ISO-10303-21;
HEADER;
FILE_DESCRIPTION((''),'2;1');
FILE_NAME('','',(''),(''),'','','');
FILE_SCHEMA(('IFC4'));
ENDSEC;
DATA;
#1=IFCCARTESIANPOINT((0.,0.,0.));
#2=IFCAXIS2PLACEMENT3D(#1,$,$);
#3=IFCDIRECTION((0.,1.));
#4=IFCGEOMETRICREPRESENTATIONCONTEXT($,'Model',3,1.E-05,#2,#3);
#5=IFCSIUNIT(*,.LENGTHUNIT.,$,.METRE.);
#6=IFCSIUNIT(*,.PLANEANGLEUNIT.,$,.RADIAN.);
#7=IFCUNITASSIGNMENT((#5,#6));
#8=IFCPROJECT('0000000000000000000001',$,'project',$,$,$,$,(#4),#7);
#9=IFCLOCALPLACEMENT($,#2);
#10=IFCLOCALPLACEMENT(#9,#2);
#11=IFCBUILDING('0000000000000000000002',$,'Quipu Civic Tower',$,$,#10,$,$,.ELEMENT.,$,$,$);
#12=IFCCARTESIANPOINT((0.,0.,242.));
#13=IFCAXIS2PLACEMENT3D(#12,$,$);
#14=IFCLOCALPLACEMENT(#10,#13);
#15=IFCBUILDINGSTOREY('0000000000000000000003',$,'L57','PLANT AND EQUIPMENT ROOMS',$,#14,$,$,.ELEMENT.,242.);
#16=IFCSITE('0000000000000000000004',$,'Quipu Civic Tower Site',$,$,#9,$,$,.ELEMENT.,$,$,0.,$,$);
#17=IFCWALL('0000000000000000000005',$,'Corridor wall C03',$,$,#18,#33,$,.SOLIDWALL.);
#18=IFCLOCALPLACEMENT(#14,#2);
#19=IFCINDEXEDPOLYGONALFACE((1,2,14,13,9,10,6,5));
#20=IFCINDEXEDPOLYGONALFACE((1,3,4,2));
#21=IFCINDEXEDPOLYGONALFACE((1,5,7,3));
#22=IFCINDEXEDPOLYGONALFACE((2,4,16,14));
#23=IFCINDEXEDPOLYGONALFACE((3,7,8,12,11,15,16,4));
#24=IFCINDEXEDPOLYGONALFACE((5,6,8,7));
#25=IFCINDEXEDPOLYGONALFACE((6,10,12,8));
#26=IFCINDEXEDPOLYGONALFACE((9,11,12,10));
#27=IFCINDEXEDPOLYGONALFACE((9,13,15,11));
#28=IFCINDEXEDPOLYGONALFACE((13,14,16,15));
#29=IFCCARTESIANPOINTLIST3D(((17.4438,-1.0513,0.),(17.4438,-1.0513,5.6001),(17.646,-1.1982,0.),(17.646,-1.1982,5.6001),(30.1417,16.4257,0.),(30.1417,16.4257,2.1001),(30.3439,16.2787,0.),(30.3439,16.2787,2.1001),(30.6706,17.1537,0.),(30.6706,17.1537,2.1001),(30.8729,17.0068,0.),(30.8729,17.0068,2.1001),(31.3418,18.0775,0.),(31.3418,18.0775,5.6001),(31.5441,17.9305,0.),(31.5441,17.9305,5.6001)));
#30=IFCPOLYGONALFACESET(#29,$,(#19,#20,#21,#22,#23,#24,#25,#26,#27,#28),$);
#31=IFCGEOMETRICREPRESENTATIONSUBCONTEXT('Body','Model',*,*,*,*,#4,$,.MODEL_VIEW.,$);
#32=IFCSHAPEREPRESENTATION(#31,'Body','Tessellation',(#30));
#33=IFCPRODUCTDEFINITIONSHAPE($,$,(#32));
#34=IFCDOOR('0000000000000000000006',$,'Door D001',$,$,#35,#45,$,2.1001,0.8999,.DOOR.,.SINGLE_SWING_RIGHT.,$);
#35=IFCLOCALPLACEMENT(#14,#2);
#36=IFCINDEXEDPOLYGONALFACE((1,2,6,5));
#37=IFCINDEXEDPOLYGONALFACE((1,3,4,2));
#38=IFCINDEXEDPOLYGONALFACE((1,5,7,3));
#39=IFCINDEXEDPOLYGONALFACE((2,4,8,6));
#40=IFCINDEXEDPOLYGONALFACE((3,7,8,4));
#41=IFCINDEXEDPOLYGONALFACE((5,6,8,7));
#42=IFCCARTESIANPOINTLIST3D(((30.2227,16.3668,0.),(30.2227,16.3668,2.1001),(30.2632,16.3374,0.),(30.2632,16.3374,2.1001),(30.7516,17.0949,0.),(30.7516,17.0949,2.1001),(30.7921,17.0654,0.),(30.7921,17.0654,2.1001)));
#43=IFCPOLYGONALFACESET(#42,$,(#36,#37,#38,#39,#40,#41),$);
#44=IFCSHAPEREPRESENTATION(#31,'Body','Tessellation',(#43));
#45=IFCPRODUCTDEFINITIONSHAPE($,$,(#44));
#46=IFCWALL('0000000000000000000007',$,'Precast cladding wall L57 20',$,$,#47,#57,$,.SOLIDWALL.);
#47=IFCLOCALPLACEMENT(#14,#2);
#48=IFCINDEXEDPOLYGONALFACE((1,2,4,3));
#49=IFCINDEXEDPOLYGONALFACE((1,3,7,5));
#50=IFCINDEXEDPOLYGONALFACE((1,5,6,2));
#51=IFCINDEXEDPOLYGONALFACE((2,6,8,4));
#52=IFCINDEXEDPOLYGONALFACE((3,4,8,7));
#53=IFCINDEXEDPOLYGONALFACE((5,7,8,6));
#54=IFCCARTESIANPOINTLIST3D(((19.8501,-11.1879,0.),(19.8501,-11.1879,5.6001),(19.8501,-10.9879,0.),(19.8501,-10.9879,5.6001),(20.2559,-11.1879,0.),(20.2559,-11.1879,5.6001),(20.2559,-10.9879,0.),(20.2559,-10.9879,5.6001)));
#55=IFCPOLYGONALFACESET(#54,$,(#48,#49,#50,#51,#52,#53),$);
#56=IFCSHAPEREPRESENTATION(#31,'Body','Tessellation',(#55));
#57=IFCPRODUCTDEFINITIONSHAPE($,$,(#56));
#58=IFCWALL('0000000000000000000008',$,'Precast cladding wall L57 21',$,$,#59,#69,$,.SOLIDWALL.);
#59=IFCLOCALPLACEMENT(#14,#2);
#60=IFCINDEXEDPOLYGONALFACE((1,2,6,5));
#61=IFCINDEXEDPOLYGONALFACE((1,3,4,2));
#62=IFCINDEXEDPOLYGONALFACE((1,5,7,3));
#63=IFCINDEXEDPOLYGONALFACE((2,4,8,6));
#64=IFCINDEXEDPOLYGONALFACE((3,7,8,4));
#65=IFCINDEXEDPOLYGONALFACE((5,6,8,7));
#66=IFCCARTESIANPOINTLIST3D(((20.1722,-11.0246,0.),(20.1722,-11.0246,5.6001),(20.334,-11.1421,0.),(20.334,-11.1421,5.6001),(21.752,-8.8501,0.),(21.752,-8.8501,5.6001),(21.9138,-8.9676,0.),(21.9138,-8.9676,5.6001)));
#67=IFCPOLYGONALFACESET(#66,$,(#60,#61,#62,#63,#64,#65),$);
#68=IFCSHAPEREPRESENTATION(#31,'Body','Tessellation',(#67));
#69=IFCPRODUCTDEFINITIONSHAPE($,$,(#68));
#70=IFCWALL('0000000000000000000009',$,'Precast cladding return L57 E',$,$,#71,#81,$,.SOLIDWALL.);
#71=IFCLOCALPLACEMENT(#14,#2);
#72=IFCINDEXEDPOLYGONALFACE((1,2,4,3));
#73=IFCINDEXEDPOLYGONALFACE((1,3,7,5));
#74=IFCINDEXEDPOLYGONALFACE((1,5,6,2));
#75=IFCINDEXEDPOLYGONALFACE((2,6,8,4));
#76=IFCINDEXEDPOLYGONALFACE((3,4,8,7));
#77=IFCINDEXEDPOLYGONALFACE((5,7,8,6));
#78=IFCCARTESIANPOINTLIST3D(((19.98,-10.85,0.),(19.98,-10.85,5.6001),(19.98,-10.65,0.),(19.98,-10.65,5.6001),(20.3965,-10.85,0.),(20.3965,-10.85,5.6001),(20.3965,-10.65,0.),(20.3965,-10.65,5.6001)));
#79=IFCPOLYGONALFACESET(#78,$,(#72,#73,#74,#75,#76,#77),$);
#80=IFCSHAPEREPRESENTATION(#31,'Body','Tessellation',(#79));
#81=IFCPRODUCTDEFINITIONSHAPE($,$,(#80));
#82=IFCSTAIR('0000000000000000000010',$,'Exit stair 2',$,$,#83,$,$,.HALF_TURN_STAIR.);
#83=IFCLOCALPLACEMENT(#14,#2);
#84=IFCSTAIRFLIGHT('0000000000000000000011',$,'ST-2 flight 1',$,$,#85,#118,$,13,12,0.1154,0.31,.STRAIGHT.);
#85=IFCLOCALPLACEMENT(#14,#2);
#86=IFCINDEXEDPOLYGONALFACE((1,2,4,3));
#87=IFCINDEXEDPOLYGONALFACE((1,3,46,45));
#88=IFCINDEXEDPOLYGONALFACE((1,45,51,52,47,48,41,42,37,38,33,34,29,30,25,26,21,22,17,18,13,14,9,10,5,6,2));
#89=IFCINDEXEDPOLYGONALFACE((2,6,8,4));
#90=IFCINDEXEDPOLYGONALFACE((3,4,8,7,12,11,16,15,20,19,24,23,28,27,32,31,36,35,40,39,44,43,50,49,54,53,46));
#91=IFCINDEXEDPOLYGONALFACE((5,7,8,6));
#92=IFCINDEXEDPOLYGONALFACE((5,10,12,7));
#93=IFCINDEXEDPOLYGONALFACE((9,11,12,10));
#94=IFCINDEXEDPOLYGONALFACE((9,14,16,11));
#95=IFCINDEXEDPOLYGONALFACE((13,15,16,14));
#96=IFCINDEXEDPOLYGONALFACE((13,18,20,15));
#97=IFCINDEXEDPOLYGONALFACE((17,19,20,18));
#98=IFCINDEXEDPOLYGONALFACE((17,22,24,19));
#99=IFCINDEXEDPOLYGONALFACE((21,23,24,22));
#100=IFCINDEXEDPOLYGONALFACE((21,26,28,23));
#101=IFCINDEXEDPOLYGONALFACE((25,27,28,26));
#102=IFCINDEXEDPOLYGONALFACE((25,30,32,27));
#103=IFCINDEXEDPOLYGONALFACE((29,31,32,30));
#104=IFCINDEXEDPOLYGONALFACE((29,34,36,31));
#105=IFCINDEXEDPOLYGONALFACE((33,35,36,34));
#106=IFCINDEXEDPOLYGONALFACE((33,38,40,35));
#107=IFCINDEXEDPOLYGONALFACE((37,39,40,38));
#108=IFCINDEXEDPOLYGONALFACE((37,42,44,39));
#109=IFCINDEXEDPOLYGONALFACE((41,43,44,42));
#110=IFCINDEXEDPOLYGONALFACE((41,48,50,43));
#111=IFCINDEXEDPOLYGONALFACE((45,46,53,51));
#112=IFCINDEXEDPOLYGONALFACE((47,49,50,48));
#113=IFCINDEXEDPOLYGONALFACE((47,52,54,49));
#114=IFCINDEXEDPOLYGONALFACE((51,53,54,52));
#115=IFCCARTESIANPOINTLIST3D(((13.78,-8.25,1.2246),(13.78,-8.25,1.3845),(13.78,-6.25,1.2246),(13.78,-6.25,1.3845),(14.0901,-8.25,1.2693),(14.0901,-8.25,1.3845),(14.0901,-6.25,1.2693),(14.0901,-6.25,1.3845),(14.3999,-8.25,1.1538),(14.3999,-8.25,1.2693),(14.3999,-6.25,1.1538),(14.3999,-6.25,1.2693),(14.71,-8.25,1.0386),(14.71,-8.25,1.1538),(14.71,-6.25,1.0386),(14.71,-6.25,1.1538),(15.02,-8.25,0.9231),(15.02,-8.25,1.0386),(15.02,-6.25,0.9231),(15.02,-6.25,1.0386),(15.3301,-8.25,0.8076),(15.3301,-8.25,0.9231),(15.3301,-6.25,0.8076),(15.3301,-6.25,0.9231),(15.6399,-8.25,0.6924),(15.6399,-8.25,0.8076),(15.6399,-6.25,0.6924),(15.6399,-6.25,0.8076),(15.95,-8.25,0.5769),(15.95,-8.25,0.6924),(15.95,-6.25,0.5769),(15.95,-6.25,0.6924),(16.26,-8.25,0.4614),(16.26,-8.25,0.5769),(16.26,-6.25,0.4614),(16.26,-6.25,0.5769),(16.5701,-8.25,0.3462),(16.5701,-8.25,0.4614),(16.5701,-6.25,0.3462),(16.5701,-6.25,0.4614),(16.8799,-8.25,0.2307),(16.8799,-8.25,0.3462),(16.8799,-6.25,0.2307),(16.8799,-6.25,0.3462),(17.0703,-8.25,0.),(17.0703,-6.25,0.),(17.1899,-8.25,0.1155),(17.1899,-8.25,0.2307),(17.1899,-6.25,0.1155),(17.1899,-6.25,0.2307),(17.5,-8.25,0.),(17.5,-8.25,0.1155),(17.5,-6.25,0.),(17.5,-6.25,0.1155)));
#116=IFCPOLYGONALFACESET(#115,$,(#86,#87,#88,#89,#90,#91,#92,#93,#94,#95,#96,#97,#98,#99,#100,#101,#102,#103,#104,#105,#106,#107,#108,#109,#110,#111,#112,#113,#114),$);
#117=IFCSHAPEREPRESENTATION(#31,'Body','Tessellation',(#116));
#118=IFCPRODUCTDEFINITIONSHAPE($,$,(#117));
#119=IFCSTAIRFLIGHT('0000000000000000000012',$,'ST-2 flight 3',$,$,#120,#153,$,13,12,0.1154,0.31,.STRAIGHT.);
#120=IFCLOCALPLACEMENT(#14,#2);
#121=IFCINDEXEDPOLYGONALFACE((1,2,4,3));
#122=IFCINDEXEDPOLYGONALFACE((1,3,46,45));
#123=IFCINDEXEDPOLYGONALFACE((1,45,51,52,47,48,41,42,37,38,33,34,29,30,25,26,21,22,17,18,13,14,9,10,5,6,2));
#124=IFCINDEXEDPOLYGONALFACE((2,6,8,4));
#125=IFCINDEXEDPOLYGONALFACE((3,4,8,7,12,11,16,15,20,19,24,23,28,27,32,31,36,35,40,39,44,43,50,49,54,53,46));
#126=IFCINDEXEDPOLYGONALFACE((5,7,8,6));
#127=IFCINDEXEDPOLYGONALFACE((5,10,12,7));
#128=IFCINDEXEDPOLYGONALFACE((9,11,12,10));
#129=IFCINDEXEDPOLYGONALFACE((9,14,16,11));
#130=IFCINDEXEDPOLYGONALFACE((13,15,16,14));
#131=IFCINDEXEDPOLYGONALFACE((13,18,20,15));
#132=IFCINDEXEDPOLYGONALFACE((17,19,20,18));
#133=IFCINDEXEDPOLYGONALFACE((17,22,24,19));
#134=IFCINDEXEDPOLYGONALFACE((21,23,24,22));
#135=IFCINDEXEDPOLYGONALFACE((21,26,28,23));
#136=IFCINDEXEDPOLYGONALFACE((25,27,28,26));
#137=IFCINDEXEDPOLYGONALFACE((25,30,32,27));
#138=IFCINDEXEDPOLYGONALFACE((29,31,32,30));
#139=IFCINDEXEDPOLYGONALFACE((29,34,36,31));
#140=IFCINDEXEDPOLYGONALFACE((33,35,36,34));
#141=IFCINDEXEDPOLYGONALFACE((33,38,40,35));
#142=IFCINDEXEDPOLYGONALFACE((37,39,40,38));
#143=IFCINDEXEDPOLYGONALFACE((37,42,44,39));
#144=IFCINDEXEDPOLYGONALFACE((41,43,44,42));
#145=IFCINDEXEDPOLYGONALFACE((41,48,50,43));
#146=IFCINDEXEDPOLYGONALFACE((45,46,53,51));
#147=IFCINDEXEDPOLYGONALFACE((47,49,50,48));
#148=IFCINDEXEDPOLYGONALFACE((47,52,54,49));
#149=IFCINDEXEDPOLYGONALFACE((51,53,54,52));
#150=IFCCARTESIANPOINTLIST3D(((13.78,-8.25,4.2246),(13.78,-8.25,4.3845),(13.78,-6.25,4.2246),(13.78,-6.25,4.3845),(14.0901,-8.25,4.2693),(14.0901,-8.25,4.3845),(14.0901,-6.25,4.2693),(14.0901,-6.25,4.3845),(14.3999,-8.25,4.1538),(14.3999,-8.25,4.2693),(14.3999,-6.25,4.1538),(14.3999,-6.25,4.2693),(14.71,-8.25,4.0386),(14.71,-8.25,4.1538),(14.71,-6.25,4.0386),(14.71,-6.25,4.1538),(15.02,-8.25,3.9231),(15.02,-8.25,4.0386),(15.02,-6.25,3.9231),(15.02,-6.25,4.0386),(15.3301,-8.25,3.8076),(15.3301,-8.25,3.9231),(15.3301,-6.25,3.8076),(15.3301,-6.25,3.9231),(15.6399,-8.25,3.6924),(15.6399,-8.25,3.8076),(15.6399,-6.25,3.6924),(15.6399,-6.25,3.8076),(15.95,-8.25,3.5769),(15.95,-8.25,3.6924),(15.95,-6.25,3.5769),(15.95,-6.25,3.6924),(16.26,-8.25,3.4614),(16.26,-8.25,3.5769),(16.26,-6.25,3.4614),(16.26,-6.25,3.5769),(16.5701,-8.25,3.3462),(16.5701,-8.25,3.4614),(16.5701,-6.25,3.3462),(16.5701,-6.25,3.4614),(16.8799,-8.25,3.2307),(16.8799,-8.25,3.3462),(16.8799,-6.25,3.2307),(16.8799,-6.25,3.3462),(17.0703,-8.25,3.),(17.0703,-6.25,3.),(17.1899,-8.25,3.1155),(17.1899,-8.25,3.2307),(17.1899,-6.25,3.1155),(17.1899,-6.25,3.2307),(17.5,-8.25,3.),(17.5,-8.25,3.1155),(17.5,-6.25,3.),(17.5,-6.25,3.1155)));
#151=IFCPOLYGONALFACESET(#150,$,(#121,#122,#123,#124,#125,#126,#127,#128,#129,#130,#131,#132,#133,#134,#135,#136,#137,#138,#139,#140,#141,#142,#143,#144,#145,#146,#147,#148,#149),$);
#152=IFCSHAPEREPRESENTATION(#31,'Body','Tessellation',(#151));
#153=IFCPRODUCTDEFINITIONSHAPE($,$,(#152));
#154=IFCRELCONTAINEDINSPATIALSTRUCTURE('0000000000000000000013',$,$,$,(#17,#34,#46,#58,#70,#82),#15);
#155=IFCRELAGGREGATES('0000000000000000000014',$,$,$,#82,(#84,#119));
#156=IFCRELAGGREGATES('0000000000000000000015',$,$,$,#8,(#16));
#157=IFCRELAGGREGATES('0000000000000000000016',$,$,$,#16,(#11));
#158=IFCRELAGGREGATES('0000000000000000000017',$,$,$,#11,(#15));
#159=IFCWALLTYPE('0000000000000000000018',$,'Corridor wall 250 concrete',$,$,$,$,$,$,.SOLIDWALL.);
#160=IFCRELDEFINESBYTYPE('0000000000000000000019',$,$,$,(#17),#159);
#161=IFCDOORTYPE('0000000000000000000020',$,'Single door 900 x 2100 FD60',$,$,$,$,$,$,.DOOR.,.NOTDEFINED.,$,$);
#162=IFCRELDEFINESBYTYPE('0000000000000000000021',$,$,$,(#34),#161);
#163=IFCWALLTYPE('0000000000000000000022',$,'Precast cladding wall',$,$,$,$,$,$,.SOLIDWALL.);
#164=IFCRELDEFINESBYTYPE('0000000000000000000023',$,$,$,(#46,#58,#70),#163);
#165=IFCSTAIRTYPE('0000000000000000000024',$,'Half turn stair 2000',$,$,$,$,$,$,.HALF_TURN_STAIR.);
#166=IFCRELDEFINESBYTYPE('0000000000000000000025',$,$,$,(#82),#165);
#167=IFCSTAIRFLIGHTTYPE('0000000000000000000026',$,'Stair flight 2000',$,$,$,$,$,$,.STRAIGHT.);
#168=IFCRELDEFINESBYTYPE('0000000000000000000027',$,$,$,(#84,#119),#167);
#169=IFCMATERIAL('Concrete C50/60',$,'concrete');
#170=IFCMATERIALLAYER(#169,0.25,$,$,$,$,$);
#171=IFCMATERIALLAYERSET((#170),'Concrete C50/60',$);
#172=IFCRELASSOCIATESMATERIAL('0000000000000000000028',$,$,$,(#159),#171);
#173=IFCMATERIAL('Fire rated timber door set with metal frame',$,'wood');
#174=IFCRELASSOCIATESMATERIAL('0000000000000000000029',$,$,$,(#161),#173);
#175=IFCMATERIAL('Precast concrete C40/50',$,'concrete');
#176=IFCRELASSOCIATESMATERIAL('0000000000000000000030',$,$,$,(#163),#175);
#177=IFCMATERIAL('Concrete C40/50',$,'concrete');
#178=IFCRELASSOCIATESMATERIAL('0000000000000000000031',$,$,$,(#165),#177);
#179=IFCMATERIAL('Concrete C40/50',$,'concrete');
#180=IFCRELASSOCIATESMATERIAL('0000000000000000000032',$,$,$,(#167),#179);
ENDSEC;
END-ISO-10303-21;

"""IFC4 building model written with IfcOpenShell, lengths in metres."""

from ifc_helpers import new_model, si_unit, direction, frame, frame_2d, origin, place, context, subcontext, project, spatial, polyline, rectangle, outline, extrude, material, layer, layer_set, type_object, element, fill, aggregate, save


model = new_model("IFC4")

# Units and contexts
model_context = context("Model", 3, precision=1e-05, world=origin(), true_north=direction((0.0, 1.0)))
body_context = subcontext(model_context, "Body", "Model", "MODEL_VIEW")
ifc_project = project(units=[si_unit("LENGTHUNIT", "METRE"), si_unit("PLANEANGLEUNIT", "RADIAN")], contexts=[model_context])

# Site, building, storey
site_placement = place(None, origin())
site = spatial("IfcSite", under=ifc_project, at=site_placement, Name="Quipu Civic Tower Site", CompositionType="ELEMENT", RefElevation=0.0)
building_placement = place(site_placement, origin())
building = spatial("IfcBuilding", under=site, at=building_placement, Name="Quipu Civic Tower", CompositionType="ELEMENT")
storey_placement = place(building_placement, frame((0.0, 0.0, 242.0)))
storey = spatial("IfcBuildingStorey", under=building, at=storey_placement, Name="L57", Description="PLANT AND EQUIPMENT ROOMS", CompositionType="ELEMENT", Elevation=242.0)

# Wall, opening, door
ifc_material_1 = material(Name="Concrete C50/60", Category="concrete")
ifc_layer_1 = layer(ifc_material_1, 0.25)
ifc_layer_set_1 = layer_set([ifc_layer_1], Name="Concrete C50/60")
wall_type_1 = type_object("IfcWallType", Name="Corridor wall 250 concrete", PredefinedType="SOLIDWALL", material=ifc_layer_set_1)
wall_1_placement = place(storey_placement, frame((17.5449, -1.1248, 0.0), z_axis=(0.0, 0.0, 1.0), x_axis=(0.58779, 0.809014, 0.0)))
wall_1 = element("IfcWall", 1, at=wall_1_placement, inside=storey, type_object=wall_type_1, Name="Corridor wall C03", PredefinedType="SOLIDWALL", context=body_context, shape_type="SweptSolid", body=[
    extrude(rectangle(XDim=23.6445, YDim=0.25, at=frame_2d((11.8223, 0.0))), origin(), (0.0, 0.0, 1.0), 5.6001),
])
opening_1_placement = place(wall_1_placement, frame((21.6028, 0.0, 0.0)))
opening_1 = element("IfcOpeningElement", 2, at=opening_1_placement, cuts=wall_1, PredefinedType="OPENING", context=body_context, shape_type="SweptSolid", body=[
    extrude(rectangle(XDim=0.8999, YDim=2.1001, at=frame_2d((0.45, 1.05))), frame((0.0, 0.135, 0.0), z_axis=(0.0, -1.0, 0.0), x_axis=(1.0, 0.0, 0.0)), (0.0, 0.0, 1.0), 0.27),
])
ifc_material_2 = material(Name="Fire rated timber door set with metal frame", Category="wood")
door_type_1 = type_object("IfcDoorType", Name="Single door 900 x 2100 FD60", OperationType="NOTDEFINED", PredefinedType="DOOR", material=ifc_material_2)
door_1_placement = place(opening_1_placement, origin())
door_1 = element("IfcDoor", 3, at=door_1_placement, inside=storey, type_object=door_type_1, Name="Door D001", OperationType="SINGLE_SWING_RIGHT", OverallHeight=2.1001, OverallWidth=0.8999, PredefinedType="DOOR", context=body_context, shape_type="SweptSolid", body=[
    extrude(rectangle(XDim=0.8999, YDim=2.1001, at=frame_2d((0.45, 1.05))), frame((0.0, 0.0249, 0.0), z_axis=(0.0, -1.0, 0.0), x_axis=(1.0, 0.0, 0.0)), (0.0, 0.0, 1.0), 0.05),
])
fill(opening_1, door_1)

# Walls
ifc_material_3 = material(Name="Precast concrete C40/50", Category="concrete")
wall_type_2 = type_object("IfcWallType", Name="Precast cladding wall", PredefinedType="SOLIDWALL", material=ifc_material_3)
wall_2_placement = place(storey_placement, frame((19.8501, -11.0879, 0.0), z_axis=(0.0, 0.0, 1.0), x_axis=(1.0, 0.0, 0.0)))
element("IfcWall", 4, at=wall_2_placement, inside=storey, type_object=wall_type_2, Name="Precast cladding wall L57 20", PredefinedType="SOLIDWALL", context=body_context, shape_type="SweptSolid", body=[
    extrude(rectangle(XDim=0.4058, YDim=0.2, at=frame_2d((0.2029, 0.0))), origin(), (0.0, 0.0, 1.0), 5.6001),
])
wall_3_placement = place(storey_placement, frame((20.2532, -11.0833, 0.0), z_axis=(0.0, 0.0, 1.0), x_axis=(0.587767, 0.809031, 0.0)))
element("IfcWall", 5, at=wall_3_placement, inside=storey, type_object=wall_type_2, Name="Precast cladding wall L57 21", PredefinedType="SOLIDWALL", context=body_context, shape_type="SweptSolid", body=[
    extrude(rectangle(XDim=2.6877, YDim=0.2, at=frame_2d((1.3438, 0.0))), origin(), (0.0, 0.0, 1.0), 5.6001),
])
wall_4_placement = place(storey_placement, frame((19.98, -10.75, 0.0), z_axis=(0.0, 0.0, 1.0), x_axis=(1.0, 0.0, 0.0)))
element("IfcWall", 6, at=wall_4_placement, inside=storey, type_object=wall_type_2, Name="Precast cladding return L57 E", PredefinedType="SOLIDWALL", context=body_context, shape_type="SweptSolid", body=[
    extrude(rectangle(XDim=0.4165, YDim=0.2, at=frame_2d((0.2083, 0.0))), origin(), (0.0, 0.0, 1.0), 5.6001),
])

# Stair, stair flights
ifc_material_4 = material(Name="Concrete C40/50", Category="concrete")
stair_type = type_object("IfcStairType", Name="Half turn stair 2000", PredefinedType="HALF_TURN_STAIR", material=ifc_material_4)
stair_placement = place(storey_placement, origin())
stair = element("IfcStair", 7, at=stair_placement, inside=storey, type_object=stair_type, Name="Exit stair 2", PredefinedType="HALF_TURN_STAIR")
ifc_material_5 = material(Name="Concrete C40/50", Category="concrete")
stair_flight_type = type_object("IfcStairFlightType", Name="Stair flight 2000", PredefinedType="STRAIGHT", material=ifc_material_5)
stair_flight_1_placement = place(storey_placement, frame((17.5, -7.25, 0.0), z_axis=(0.0, 0.0, 1.0), x_axis=(-1.0, 0.0, 0.0)))
stair_flight_1 = element("IfcStairFlight", 8, at=stair_flight_1_placement, type_object=stair_flight_type, Name="ST-2 flight 1", NumberOfRisers=13, NumberOfTreads=12, PredefinedType="STRAIGHT", RiserHeight=0.1154, TreadLength=0.31, context=body_context, shape_type="SweptSolid", body=[
    extrude(outline(polyline([(0.0, 0.0), (0.0, 0.1155), (0.3101, 0.1155), (0.3101, 0.2307), (0.6201, 0.2307), (0.6201, 0.3462), (0.9299, 0.3462), (0.9299, 0.4614), (1.24, 0.4614), (1.24, 0.5769), (1.55, 0.5769), (1.55, 0.6924), (1.8601, 0.6924), (1.8601, 0.8076), (2.1699, 0.8076), (2.1699, 0.9231), (2.48, 0.9231), (2.48, 1.0386), (2.79, 1.0386), (2.79, 1.1538), (3.1001, 1.1538), (3.1001, 1.2693), (3.4099, 1.2693), (3.4099, 1.3845), (3.72, 1.3845), (3.72, 1.5), (3.72, 1.2246), (0.4297, 0.0), (0.0, 0.0)])), frame((0.0, 1.0, 0.0), z_axis=(0.0, -1.0, 0.0), x_axis=(1.0, 0.0, 0.0)), (0.0, 0.0, 1.0), 2.0),
])
stair_flight_2_placement = place(storey_placement, frame((17.5, -7.25, 3.0), z_axis=(0.0, 0.0, 1.0), x_axis=(-1.0, 0.0, 0.0)))
stair_flight_2 = element("IfcStairFlight", 9, at=stair_flight_2_placement, type_object=stair_flight_type, Name="ST-2 flight 3", NumberOfRisers=13, NumberOfTreads=12, PredefinedType="STRAIGHT", RiserHeight=0.1154, TreadLength=0.31, context=body_context, shape_type="SweptSolid", body=[
    extrude(outline(polyline([(0.0, 0.0), (0.0, 0.1155), (0.3101, 0.1155), (0.3101, 0.2307), (0.6201, 0.2307), (0.6201, 0.3462), (0.9299, 0.3462), (0.9299, 0.4614), (1.24, 0.4614), (1.24, 0.5769), (1.55, 0.5769), (1.55, 0.6924), (1.8601, 0.6924), (1.8601, 0.8076), (2.1699, 0.8076), (2.1699, 0.9231), (2.48, 0.9231), (2.48, 1.0386), (2.79, 1.0386), (2.79, 1.1538), (3.1001, 1.1538), (3.1001, 1.2693), (3.4099, 1.2693), (3.4099, 1.3845), (3.72, 1.3845), (3.72, 1.5), (3.72, 1.2246), (0.4297, 0.0), (0.0, 0.0)])), frame((0.0, 1.0, 0.0), z_axis=(0.0, -1.0, 0.0), x_axis=(1.0, 0.0, 0.0)), (0.0, 0.0, 1.0), 2.0),
])
aggregate(stair, [stair_flight_1, stair_flight_2])

save(model, "model.ifc")
